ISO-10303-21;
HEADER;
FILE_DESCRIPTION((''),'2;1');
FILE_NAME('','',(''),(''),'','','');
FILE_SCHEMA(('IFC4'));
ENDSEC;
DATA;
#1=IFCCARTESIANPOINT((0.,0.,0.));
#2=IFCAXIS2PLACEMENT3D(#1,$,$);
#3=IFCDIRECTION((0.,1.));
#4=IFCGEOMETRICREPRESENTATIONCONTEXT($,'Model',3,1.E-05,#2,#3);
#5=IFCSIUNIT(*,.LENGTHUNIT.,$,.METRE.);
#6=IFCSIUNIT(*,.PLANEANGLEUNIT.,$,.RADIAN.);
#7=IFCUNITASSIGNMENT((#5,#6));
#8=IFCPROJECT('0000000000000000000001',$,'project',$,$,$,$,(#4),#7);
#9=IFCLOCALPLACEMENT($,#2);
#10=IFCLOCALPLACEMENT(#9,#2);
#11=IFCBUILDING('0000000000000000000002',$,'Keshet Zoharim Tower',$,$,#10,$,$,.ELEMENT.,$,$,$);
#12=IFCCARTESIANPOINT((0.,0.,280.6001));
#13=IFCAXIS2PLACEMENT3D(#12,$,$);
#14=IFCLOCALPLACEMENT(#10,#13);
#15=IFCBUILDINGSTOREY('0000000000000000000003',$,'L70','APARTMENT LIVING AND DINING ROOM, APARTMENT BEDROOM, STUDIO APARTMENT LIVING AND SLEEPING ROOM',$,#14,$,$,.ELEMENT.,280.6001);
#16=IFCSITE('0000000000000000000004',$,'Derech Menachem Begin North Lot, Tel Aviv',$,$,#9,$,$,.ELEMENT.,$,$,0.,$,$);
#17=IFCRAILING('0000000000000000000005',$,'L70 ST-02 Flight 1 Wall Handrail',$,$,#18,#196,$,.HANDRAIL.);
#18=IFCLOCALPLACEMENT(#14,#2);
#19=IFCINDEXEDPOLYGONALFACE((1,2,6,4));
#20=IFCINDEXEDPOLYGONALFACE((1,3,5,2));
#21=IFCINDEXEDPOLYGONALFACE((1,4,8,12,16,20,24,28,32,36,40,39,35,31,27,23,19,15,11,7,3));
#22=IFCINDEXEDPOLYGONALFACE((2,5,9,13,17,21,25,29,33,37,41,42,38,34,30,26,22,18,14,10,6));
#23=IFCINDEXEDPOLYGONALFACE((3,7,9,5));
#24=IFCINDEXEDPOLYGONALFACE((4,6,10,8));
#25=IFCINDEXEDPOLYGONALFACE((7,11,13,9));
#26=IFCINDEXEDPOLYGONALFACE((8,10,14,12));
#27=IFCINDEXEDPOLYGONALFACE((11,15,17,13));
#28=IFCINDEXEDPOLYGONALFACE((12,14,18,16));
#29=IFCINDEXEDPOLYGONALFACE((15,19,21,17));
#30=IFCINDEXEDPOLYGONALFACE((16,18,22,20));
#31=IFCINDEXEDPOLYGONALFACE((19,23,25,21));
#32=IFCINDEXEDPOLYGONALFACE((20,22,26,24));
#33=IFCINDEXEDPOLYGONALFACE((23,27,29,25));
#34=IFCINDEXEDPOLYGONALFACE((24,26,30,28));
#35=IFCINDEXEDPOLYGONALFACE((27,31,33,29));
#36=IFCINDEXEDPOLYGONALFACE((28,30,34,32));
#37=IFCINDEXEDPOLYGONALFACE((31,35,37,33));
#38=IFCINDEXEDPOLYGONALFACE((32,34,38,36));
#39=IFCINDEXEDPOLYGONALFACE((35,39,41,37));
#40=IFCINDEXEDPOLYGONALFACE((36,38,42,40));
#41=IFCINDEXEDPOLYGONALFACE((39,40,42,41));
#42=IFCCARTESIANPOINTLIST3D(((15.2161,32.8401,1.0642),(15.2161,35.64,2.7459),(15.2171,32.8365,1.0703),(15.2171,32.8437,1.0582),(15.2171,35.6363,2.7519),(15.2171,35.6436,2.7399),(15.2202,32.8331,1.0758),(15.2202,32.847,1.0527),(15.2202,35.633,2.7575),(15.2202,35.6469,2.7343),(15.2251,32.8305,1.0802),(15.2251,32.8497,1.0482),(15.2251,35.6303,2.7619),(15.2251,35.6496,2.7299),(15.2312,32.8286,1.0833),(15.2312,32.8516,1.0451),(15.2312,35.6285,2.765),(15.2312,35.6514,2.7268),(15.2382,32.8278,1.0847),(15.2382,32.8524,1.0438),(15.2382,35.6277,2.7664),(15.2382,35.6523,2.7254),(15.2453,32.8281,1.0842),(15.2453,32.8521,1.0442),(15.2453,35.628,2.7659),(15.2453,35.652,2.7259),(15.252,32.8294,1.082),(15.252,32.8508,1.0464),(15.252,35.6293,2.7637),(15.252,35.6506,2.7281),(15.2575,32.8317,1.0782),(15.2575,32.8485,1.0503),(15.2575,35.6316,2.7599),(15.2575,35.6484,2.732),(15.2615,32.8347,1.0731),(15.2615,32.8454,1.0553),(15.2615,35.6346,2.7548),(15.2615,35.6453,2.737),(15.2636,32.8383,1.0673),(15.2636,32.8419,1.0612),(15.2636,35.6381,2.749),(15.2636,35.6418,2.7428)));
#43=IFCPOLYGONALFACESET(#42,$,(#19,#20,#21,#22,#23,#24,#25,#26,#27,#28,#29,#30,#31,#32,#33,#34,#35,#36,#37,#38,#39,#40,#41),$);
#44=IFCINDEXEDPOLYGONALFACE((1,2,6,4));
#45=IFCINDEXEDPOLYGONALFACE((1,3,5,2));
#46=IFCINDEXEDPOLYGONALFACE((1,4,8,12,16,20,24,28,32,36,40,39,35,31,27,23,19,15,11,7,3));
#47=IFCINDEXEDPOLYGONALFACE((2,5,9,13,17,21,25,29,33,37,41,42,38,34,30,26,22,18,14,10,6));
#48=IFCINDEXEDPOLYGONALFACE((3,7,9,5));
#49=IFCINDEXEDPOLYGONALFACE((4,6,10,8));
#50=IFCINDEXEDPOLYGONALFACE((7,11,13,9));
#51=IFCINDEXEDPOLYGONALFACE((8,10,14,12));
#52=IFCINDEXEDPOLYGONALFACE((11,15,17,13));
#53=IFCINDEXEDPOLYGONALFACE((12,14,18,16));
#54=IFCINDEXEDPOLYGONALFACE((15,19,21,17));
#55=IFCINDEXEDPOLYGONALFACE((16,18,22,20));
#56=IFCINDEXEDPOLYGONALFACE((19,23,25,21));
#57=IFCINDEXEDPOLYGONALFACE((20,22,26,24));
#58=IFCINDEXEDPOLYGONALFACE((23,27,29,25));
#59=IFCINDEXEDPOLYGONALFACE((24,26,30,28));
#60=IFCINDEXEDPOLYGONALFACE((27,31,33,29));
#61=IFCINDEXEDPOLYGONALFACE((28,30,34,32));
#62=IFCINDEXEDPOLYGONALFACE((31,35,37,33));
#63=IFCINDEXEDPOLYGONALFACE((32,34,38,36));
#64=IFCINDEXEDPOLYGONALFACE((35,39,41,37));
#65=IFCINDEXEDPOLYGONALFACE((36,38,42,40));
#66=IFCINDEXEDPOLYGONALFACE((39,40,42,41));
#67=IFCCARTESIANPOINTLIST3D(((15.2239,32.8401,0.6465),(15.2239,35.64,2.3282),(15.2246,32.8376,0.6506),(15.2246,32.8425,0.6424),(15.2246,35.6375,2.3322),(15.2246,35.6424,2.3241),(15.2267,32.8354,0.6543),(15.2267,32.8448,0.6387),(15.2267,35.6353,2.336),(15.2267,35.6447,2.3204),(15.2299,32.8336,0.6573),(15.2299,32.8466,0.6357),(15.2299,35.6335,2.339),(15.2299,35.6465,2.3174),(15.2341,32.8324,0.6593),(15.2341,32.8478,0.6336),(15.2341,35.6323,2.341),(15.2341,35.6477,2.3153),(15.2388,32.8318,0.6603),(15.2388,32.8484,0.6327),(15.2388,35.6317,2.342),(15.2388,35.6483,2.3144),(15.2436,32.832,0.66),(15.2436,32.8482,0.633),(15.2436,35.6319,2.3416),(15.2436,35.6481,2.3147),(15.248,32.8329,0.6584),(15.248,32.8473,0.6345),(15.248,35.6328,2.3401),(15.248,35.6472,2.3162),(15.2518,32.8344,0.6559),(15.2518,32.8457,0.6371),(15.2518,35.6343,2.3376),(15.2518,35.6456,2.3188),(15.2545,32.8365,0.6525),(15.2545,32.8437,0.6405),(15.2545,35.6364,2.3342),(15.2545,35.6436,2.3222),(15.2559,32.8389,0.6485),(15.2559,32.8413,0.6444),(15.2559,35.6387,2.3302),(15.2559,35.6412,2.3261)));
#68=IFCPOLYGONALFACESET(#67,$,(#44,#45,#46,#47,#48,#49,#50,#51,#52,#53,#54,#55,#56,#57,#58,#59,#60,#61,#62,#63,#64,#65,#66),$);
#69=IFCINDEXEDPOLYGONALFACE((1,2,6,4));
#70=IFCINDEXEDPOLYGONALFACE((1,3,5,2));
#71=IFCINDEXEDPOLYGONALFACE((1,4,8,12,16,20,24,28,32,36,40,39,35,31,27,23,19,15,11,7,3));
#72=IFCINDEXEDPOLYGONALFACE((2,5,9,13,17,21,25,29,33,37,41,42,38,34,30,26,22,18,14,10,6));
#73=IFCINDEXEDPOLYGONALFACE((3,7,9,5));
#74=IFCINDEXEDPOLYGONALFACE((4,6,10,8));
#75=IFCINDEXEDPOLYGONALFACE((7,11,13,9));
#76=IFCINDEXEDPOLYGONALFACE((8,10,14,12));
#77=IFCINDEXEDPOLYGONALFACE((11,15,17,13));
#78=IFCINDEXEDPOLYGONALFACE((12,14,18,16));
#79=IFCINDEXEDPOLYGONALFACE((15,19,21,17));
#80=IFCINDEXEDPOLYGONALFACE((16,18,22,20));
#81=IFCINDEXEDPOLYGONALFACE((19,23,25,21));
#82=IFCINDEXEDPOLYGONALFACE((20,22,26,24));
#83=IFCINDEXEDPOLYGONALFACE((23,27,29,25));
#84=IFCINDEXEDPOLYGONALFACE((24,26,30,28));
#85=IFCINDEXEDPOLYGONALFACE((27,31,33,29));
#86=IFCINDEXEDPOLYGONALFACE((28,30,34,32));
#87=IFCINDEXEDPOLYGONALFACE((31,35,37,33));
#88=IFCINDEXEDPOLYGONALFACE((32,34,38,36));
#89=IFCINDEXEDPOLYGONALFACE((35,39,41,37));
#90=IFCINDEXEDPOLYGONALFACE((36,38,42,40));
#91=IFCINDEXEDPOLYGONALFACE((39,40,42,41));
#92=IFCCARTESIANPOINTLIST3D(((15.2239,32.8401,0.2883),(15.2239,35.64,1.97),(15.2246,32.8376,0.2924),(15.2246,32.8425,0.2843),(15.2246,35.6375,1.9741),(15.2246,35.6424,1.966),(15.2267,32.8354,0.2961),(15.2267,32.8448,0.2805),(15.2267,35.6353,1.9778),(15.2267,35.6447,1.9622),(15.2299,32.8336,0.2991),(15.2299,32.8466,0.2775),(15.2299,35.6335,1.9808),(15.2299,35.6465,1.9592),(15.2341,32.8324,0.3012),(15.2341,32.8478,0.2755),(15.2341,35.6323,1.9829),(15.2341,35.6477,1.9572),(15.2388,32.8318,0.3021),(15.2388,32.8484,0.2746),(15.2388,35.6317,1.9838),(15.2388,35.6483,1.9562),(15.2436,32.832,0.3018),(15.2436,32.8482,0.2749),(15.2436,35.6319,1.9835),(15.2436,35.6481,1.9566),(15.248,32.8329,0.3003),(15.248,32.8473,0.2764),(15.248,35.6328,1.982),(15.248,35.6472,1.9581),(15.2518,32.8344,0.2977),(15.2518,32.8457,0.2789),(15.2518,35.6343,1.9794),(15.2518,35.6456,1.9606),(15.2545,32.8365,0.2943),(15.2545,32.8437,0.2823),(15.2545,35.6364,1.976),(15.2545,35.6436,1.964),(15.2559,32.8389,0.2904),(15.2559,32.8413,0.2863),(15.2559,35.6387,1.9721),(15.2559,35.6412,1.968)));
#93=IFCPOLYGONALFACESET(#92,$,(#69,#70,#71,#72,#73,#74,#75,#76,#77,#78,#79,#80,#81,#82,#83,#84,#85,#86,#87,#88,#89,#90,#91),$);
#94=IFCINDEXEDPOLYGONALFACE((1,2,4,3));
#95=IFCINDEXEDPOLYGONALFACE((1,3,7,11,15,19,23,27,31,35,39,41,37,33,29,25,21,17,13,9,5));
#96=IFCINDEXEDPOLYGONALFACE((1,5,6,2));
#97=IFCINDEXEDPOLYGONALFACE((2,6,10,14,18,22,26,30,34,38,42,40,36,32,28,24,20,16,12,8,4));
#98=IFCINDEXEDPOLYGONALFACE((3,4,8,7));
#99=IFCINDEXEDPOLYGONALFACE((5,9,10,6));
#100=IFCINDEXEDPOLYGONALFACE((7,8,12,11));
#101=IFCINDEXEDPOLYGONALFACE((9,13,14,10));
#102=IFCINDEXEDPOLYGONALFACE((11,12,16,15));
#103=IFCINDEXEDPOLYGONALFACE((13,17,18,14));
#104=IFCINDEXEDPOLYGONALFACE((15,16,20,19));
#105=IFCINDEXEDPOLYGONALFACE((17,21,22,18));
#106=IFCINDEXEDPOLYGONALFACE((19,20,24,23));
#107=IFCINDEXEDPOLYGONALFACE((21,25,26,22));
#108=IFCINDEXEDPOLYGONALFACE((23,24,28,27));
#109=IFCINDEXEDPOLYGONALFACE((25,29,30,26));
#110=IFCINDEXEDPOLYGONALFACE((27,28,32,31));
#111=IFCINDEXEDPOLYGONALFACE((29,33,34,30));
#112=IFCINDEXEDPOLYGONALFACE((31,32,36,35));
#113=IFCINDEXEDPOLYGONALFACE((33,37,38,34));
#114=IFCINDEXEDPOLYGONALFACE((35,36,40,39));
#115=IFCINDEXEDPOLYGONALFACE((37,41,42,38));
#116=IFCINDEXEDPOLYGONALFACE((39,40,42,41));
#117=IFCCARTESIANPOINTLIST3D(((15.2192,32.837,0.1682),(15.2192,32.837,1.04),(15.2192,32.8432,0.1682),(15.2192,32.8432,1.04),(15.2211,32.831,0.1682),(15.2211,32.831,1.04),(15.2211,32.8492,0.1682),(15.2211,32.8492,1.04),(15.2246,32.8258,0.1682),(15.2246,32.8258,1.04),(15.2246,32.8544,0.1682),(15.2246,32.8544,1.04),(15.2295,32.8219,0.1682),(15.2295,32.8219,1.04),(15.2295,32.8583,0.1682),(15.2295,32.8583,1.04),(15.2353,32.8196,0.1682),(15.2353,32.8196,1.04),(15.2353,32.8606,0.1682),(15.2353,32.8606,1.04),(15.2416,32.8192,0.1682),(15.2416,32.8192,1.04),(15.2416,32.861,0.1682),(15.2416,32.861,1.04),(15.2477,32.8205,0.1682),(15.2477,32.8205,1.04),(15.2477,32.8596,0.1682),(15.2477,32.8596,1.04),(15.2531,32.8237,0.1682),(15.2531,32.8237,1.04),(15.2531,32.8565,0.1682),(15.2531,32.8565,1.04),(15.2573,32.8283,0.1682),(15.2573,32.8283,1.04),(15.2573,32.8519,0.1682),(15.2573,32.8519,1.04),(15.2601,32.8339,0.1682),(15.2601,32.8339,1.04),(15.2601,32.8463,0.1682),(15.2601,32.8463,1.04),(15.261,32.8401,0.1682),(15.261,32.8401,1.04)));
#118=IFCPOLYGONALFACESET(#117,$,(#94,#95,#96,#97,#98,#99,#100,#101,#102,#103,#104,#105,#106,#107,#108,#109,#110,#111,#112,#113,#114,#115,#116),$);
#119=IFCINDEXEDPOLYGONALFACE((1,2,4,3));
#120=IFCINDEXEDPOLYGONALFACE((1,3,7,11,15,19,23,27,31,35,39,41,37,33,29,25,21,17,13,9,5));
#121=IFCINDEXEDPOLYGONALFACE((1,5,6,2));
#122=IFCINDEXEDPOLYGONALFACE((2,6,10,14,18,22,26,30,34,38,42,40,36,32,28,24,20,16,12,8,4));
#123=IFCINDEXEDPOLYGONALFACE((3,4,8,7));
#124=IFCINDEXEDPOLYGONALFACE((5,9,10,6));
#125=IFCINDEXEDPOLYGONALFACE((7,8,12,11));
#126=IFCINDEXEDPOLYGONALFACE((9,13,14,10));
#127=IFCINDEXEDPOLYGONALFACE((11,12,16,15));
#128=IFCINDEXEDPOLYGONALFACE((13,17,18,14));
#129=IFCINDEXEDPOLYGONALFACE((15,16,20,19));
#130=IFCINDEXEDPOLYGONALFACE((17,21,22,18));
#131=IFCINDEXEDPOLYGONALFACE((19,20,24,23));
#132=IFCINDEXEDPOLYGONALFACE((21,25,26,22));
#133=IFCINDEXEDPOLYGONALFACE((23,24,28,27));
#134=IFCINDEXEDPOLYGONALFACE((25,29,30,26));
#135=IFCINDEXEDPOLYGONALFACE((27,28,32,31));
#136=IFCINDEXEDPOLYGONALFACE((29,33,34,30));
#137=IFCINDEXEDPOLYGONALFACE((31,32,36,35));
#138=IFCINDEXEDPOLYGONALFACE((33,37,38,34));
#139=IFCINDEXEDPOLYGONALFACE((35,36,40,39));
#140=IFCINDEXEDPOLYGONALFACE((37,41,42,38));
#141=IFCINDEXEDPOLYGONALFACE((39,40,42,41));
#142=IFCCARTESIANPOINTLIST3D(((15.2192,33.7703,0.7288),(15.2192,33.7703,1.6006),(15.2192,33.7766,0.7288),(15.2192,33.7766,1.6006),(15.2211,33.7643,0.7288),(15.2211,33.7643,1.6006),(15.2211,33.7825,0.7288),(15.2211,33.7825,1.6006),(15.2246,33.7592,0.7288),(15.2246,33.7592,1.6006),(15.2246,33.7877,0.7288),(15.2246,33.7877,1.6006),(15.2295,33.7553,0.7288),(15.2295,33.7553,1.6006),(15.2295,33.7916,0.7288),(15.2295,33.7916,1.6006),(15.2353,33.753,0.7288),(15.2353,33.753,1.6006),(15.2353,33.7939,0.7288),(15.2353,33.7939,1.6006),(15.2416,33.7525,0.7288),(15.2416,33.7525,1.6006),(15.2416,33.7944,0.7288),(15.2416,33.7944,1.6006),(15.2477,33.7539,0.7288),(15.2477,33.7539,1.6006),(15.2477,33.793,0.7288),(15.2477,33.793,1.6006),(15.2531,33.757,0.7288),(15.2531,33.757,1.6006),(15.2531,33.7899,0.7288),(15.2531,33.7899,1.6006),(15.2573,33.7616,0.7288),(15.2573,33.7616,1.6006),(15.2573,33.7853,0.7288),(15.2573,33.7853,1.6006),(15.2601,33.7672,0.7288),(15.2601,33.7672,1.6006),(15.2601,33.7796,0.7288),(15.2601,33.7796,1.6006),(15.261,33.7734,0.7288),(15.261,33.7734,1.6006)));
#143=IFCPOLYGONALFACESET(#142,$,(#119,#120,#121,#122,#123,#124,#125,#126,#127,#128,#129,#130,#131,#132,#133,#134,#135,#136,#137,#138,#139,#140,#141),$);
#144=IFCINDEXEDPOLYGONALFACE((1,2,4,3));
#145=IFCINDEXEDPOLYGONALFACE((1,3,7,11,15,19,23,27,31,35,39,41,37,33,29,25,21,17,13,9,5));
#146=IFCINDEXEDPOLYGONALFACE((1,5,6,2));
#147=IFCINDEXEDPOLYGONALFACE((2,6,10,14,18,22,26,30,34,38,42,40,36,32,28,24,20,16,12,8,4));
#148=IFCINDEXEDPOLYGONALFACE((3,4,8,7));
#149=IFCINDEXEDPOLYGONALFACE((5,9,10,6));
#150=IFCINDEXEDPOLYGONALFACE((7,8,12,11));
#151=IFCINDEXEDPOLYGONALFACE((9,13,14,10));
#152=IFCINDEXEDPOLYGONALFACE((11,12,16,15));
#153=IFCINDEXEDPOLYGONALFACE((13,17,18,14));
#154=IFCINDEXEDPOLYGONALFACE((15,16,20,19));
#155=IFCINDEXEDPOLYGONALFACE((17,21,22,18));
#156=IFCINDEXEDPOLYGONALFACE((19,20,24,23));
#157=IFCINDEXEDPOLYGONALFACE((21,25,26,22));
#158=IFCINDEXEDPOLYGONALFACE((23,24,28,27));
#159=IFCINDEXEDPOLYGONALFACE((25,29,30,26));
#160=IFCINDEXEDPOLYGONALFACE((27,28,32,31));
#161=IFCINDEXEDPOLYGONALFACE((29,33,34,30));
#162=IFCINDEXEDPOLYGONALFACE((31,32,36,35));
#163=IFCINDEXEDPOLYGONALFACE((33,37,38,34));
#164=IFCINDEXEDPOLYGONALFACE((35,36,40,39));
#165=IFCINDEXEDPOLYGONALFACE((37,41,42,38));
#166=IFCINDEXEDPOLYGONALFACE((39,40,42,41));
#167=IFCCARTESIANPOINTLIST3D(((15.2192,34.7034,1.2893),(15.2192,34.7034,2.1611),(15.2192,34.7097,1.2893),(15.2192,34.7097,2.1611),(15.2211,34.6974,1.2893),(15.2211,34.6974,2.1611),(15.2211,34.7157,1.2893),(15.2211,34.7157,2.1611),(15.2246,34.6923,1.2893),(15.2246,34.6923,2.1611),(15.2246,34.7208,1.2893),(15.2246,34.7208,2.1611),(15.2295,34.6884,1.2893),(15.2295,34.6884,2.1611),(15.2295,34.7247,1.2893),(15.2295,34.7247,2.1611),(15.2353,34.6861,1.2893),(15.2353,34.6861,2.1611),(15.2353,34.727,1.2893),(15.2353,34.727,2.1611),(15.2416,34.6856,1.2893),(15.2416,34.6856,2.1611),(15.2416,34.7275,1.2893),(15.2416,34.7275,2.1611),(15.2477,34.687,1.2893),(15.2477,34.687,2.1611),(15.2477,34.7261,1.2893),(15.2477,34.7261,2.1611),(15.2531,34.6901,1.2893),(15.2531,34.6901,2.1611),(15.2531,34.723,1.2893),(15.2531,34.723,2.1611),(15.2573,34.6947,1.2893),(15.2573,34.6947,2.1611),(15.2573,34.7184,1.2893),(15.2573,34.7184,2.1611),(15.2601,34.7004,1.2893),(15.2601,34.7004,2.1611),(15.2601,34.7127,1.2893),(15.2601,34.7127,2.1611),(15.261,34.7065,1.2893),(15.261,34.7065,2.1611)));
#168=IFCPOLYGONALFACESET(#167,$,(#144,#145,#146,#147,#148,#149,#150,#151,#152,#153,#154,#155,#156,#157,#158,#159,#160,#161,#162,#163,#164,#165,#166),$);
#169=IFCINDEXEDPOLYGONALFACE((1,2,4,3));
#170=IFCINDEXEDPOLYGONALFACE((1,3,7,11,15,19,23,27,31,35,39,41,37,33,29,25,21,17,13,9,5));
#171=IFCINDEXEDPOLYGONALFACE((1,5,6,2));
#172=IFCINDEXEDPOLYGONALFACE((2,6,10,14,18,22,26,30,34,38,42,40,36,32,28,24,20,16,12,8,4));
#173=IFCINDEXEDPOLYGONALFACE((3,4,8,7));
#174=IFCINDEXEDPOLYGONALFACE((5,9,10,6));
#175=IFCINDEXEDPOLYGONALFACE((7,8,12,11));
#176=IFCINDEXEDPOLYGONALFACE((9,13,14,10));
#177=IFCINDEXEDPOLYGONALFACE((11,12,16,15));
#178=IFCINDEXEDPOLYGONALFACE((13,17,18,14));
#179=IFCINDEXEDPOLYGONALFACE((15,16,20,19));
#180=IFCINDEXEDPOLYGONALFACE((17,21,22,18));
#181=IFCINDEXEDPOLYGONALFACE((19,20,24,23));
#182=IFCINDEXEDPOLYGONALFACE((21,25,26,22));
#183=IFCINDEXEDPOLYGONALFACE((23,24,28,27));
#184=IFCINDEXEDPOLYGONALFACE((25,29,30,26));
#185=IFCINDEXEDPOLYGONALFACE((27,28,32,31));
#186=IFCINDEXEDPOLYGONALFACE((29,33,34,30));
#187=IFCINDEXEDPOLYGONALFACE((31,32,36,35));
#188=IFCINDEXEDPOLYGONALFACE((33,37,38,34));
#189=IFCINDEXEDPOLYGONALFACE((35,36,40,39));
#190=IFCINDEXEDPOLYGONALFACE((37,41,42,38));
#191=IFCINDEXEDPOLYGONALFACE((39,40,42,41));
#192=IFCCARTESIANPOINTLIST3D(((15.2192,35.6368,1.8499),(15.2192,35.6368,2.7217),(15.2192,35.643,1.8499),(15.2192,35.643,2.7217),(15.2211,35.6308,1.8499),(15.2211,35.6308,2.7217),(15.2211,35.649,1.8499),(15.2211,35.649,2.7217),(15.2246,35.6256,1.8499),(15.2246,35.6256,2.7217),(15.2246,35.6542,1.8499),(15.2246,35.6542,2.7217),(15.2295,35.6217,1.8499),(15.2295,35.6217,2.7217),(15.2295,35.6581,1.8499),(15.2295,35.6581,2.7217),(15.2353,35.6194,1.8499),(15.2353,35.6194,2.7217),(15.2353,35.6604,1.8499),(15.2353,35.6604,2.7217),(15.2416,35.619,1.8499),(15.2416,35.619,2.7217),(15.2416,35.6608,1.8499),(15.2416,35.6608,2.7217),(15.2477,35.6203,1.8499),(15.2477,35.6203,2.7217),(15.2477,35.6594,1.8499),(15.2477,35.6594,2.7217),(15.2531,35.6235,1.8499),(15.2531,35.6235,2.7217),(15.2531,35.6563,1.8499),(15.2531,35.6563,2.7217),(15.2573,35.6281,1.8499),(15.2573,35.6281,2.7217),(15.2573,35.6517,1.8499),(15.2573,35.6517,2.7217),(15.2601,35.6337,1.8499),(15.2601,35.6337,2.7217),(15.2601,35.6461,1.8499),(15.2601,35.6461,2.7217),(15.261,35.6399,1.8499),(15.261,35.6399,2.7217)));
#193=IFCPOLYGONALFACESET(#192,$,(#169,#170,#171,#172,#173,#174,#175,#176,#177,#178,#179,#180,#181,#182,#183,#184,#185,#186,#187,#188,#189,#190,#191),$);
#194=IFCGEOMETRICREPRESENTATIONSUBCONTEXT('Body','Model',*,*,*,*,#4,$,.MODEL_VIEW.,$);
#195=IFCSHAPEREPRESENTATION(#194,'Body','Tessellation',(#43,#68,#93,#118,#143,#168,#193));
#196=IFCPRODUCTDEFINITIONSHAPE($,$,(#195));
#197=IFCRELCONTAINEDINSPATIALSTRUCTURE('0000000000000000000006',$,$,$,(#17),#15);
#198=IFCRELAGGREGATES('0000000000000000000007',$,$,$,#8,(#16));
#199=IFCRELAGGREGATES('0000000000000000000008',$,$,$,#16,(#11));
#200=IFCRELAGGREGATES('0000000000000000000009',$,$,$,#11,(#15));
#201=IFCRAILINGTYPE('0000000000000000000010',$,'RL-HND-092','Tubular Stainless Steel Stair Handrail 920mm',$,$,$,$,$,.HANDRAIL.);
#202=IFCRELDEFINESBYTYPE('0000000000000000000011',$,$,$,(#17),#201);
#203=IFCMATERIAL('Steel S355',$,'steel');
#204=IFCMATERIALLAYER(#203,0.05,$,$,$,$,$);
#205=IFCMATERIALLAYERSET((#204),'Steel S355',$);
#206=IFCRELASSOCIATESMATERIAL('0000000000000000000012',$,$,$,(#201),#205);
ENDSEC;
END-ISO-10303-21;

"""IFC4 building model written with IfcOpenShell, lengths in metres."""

from ifc_helpers import new_model, si_unit, direction, frame, origin, origin_2d, place, context, subcontext, project, spatial, circle, extrude, material, layer, layer_set, type_object, element, save


model = new_model("IFC4")

# Units and contexts
model_context = context("Model", 3, precision=1e-05, world=origin(), true_north=direction((0.0, 1.0)))
body_context = subcontext(model_context, "Body", "Model", "MODEL_VIEW")
ifc_project = project(units=[si_unit("LENGTHUNIT", "METRE"), si_unit("PLANEANGLEUNIT", "RADIAN")], contexts=[model_context])

# Site, building, storey
site_placement = place(None, origin())
site = spatial("IfcSite", under=ifc_project, at=site_placement, Name="Derech Menachem Begin North Lot, Tel Aviv", CompositionType="ELEMENT", RefElevation=0.0)
building_placement = place(site_placement, origin())
building = spatial("IfcBuilding", under=site, at=building_placement, Name="Keshet Zoharim Tower", CompositionType="ELEMENT")
storey_placement = place(building_placement, frame((0.0, 0.0, 280.6001)))
storey = spatial("IfcBuildingStorey", under=building, at=storey_placement, Name="L70", Description="APARTMENT LIVING AND DINING ROOM, APARTMENT BEDROOM, STUDIO APARTMENT LIVING AND SLEEPING ROOM", CompositionType="ELEMENT", Elevation=280.6001)

# Shared definitions
ifc_material_1 = material(Name="Steel S355", Category="steel")

# Railing
ifc_layer_1 = layer(ifc_material_1, 0.05)
ifc_layer_set_1 = layer_set([ifc_layer_1], Name="Steel S355")
railing_type_1 = type_object("IfcRailingType", Name="RL-HND-092", Description="Tubular Stainless Steel Stair Handrail 920mm", PredefinedType="HANDRAIL", material=ifc_layer_set_1)
railing_1_placement = place(storey_placement, frame((15.24, 32.8401, 0.1682)))
element("IfcRailing", 1, at=railing_1_placement, inside=storey, type_object=railing_type_1, Name="L70 ST-02 Flight 1 Wall Handrail", PredefinedType="HANDRAIL", context=body_context, shape_type="SweptSolid", body=[
    extrude(circle(Radius=0.0239, at=origin_2d()), frame((0.0, 0.0, 0.896), z_axis=(0.0, 0.857255, 0.514891), x_axis=(-1.0, 0.0, 0.0)), (0.0, 0.0, 1.0), 3.2661),
    extrude(circle(Radius=0.0161, at=origin_2d()), frame((0.0, 0.0, 0.4783), z_axis=(0.0, 0.857255, 0.514891), x_axis=(-1.0, 0.0, 0.0)), (0.0, 0.0, 1.0), 3.2661),
    extrude(circle(Radius=0.0161, at=origin_2d()), frame((0.0, 0.0, 0.1201), z_axis=(0.0, 0.857255, 0.514891), x_axis=(-1.0, 0.0, 0.0)), (0.0, 0.0, 1.0), 3.2661),
    extrude(circle(Radius=0.021, at=origin_2d()), origin(), (0.0, 0.0, 1.0), 0.8718),
    extrude(circle(Radius=0.021, at=origin_2d()), frame((0.0, 0.9333, 0.5605)), (0.0, 0.0, 1.0), 0.8718),
    extrude(circle(Radius=0.021, at=origin_2d()), frame((0.0, 1.8665, 1.1211)), (0.0, 0.0, 1.0), 0.8718),
    extrude(circle(Radius=0.021, at=origin_2d()), frame((0.0, 2.7998, 1.6816)), (0.0, 0.0, 1.0), 0.8718),
])

save(model, "model.ifc")
